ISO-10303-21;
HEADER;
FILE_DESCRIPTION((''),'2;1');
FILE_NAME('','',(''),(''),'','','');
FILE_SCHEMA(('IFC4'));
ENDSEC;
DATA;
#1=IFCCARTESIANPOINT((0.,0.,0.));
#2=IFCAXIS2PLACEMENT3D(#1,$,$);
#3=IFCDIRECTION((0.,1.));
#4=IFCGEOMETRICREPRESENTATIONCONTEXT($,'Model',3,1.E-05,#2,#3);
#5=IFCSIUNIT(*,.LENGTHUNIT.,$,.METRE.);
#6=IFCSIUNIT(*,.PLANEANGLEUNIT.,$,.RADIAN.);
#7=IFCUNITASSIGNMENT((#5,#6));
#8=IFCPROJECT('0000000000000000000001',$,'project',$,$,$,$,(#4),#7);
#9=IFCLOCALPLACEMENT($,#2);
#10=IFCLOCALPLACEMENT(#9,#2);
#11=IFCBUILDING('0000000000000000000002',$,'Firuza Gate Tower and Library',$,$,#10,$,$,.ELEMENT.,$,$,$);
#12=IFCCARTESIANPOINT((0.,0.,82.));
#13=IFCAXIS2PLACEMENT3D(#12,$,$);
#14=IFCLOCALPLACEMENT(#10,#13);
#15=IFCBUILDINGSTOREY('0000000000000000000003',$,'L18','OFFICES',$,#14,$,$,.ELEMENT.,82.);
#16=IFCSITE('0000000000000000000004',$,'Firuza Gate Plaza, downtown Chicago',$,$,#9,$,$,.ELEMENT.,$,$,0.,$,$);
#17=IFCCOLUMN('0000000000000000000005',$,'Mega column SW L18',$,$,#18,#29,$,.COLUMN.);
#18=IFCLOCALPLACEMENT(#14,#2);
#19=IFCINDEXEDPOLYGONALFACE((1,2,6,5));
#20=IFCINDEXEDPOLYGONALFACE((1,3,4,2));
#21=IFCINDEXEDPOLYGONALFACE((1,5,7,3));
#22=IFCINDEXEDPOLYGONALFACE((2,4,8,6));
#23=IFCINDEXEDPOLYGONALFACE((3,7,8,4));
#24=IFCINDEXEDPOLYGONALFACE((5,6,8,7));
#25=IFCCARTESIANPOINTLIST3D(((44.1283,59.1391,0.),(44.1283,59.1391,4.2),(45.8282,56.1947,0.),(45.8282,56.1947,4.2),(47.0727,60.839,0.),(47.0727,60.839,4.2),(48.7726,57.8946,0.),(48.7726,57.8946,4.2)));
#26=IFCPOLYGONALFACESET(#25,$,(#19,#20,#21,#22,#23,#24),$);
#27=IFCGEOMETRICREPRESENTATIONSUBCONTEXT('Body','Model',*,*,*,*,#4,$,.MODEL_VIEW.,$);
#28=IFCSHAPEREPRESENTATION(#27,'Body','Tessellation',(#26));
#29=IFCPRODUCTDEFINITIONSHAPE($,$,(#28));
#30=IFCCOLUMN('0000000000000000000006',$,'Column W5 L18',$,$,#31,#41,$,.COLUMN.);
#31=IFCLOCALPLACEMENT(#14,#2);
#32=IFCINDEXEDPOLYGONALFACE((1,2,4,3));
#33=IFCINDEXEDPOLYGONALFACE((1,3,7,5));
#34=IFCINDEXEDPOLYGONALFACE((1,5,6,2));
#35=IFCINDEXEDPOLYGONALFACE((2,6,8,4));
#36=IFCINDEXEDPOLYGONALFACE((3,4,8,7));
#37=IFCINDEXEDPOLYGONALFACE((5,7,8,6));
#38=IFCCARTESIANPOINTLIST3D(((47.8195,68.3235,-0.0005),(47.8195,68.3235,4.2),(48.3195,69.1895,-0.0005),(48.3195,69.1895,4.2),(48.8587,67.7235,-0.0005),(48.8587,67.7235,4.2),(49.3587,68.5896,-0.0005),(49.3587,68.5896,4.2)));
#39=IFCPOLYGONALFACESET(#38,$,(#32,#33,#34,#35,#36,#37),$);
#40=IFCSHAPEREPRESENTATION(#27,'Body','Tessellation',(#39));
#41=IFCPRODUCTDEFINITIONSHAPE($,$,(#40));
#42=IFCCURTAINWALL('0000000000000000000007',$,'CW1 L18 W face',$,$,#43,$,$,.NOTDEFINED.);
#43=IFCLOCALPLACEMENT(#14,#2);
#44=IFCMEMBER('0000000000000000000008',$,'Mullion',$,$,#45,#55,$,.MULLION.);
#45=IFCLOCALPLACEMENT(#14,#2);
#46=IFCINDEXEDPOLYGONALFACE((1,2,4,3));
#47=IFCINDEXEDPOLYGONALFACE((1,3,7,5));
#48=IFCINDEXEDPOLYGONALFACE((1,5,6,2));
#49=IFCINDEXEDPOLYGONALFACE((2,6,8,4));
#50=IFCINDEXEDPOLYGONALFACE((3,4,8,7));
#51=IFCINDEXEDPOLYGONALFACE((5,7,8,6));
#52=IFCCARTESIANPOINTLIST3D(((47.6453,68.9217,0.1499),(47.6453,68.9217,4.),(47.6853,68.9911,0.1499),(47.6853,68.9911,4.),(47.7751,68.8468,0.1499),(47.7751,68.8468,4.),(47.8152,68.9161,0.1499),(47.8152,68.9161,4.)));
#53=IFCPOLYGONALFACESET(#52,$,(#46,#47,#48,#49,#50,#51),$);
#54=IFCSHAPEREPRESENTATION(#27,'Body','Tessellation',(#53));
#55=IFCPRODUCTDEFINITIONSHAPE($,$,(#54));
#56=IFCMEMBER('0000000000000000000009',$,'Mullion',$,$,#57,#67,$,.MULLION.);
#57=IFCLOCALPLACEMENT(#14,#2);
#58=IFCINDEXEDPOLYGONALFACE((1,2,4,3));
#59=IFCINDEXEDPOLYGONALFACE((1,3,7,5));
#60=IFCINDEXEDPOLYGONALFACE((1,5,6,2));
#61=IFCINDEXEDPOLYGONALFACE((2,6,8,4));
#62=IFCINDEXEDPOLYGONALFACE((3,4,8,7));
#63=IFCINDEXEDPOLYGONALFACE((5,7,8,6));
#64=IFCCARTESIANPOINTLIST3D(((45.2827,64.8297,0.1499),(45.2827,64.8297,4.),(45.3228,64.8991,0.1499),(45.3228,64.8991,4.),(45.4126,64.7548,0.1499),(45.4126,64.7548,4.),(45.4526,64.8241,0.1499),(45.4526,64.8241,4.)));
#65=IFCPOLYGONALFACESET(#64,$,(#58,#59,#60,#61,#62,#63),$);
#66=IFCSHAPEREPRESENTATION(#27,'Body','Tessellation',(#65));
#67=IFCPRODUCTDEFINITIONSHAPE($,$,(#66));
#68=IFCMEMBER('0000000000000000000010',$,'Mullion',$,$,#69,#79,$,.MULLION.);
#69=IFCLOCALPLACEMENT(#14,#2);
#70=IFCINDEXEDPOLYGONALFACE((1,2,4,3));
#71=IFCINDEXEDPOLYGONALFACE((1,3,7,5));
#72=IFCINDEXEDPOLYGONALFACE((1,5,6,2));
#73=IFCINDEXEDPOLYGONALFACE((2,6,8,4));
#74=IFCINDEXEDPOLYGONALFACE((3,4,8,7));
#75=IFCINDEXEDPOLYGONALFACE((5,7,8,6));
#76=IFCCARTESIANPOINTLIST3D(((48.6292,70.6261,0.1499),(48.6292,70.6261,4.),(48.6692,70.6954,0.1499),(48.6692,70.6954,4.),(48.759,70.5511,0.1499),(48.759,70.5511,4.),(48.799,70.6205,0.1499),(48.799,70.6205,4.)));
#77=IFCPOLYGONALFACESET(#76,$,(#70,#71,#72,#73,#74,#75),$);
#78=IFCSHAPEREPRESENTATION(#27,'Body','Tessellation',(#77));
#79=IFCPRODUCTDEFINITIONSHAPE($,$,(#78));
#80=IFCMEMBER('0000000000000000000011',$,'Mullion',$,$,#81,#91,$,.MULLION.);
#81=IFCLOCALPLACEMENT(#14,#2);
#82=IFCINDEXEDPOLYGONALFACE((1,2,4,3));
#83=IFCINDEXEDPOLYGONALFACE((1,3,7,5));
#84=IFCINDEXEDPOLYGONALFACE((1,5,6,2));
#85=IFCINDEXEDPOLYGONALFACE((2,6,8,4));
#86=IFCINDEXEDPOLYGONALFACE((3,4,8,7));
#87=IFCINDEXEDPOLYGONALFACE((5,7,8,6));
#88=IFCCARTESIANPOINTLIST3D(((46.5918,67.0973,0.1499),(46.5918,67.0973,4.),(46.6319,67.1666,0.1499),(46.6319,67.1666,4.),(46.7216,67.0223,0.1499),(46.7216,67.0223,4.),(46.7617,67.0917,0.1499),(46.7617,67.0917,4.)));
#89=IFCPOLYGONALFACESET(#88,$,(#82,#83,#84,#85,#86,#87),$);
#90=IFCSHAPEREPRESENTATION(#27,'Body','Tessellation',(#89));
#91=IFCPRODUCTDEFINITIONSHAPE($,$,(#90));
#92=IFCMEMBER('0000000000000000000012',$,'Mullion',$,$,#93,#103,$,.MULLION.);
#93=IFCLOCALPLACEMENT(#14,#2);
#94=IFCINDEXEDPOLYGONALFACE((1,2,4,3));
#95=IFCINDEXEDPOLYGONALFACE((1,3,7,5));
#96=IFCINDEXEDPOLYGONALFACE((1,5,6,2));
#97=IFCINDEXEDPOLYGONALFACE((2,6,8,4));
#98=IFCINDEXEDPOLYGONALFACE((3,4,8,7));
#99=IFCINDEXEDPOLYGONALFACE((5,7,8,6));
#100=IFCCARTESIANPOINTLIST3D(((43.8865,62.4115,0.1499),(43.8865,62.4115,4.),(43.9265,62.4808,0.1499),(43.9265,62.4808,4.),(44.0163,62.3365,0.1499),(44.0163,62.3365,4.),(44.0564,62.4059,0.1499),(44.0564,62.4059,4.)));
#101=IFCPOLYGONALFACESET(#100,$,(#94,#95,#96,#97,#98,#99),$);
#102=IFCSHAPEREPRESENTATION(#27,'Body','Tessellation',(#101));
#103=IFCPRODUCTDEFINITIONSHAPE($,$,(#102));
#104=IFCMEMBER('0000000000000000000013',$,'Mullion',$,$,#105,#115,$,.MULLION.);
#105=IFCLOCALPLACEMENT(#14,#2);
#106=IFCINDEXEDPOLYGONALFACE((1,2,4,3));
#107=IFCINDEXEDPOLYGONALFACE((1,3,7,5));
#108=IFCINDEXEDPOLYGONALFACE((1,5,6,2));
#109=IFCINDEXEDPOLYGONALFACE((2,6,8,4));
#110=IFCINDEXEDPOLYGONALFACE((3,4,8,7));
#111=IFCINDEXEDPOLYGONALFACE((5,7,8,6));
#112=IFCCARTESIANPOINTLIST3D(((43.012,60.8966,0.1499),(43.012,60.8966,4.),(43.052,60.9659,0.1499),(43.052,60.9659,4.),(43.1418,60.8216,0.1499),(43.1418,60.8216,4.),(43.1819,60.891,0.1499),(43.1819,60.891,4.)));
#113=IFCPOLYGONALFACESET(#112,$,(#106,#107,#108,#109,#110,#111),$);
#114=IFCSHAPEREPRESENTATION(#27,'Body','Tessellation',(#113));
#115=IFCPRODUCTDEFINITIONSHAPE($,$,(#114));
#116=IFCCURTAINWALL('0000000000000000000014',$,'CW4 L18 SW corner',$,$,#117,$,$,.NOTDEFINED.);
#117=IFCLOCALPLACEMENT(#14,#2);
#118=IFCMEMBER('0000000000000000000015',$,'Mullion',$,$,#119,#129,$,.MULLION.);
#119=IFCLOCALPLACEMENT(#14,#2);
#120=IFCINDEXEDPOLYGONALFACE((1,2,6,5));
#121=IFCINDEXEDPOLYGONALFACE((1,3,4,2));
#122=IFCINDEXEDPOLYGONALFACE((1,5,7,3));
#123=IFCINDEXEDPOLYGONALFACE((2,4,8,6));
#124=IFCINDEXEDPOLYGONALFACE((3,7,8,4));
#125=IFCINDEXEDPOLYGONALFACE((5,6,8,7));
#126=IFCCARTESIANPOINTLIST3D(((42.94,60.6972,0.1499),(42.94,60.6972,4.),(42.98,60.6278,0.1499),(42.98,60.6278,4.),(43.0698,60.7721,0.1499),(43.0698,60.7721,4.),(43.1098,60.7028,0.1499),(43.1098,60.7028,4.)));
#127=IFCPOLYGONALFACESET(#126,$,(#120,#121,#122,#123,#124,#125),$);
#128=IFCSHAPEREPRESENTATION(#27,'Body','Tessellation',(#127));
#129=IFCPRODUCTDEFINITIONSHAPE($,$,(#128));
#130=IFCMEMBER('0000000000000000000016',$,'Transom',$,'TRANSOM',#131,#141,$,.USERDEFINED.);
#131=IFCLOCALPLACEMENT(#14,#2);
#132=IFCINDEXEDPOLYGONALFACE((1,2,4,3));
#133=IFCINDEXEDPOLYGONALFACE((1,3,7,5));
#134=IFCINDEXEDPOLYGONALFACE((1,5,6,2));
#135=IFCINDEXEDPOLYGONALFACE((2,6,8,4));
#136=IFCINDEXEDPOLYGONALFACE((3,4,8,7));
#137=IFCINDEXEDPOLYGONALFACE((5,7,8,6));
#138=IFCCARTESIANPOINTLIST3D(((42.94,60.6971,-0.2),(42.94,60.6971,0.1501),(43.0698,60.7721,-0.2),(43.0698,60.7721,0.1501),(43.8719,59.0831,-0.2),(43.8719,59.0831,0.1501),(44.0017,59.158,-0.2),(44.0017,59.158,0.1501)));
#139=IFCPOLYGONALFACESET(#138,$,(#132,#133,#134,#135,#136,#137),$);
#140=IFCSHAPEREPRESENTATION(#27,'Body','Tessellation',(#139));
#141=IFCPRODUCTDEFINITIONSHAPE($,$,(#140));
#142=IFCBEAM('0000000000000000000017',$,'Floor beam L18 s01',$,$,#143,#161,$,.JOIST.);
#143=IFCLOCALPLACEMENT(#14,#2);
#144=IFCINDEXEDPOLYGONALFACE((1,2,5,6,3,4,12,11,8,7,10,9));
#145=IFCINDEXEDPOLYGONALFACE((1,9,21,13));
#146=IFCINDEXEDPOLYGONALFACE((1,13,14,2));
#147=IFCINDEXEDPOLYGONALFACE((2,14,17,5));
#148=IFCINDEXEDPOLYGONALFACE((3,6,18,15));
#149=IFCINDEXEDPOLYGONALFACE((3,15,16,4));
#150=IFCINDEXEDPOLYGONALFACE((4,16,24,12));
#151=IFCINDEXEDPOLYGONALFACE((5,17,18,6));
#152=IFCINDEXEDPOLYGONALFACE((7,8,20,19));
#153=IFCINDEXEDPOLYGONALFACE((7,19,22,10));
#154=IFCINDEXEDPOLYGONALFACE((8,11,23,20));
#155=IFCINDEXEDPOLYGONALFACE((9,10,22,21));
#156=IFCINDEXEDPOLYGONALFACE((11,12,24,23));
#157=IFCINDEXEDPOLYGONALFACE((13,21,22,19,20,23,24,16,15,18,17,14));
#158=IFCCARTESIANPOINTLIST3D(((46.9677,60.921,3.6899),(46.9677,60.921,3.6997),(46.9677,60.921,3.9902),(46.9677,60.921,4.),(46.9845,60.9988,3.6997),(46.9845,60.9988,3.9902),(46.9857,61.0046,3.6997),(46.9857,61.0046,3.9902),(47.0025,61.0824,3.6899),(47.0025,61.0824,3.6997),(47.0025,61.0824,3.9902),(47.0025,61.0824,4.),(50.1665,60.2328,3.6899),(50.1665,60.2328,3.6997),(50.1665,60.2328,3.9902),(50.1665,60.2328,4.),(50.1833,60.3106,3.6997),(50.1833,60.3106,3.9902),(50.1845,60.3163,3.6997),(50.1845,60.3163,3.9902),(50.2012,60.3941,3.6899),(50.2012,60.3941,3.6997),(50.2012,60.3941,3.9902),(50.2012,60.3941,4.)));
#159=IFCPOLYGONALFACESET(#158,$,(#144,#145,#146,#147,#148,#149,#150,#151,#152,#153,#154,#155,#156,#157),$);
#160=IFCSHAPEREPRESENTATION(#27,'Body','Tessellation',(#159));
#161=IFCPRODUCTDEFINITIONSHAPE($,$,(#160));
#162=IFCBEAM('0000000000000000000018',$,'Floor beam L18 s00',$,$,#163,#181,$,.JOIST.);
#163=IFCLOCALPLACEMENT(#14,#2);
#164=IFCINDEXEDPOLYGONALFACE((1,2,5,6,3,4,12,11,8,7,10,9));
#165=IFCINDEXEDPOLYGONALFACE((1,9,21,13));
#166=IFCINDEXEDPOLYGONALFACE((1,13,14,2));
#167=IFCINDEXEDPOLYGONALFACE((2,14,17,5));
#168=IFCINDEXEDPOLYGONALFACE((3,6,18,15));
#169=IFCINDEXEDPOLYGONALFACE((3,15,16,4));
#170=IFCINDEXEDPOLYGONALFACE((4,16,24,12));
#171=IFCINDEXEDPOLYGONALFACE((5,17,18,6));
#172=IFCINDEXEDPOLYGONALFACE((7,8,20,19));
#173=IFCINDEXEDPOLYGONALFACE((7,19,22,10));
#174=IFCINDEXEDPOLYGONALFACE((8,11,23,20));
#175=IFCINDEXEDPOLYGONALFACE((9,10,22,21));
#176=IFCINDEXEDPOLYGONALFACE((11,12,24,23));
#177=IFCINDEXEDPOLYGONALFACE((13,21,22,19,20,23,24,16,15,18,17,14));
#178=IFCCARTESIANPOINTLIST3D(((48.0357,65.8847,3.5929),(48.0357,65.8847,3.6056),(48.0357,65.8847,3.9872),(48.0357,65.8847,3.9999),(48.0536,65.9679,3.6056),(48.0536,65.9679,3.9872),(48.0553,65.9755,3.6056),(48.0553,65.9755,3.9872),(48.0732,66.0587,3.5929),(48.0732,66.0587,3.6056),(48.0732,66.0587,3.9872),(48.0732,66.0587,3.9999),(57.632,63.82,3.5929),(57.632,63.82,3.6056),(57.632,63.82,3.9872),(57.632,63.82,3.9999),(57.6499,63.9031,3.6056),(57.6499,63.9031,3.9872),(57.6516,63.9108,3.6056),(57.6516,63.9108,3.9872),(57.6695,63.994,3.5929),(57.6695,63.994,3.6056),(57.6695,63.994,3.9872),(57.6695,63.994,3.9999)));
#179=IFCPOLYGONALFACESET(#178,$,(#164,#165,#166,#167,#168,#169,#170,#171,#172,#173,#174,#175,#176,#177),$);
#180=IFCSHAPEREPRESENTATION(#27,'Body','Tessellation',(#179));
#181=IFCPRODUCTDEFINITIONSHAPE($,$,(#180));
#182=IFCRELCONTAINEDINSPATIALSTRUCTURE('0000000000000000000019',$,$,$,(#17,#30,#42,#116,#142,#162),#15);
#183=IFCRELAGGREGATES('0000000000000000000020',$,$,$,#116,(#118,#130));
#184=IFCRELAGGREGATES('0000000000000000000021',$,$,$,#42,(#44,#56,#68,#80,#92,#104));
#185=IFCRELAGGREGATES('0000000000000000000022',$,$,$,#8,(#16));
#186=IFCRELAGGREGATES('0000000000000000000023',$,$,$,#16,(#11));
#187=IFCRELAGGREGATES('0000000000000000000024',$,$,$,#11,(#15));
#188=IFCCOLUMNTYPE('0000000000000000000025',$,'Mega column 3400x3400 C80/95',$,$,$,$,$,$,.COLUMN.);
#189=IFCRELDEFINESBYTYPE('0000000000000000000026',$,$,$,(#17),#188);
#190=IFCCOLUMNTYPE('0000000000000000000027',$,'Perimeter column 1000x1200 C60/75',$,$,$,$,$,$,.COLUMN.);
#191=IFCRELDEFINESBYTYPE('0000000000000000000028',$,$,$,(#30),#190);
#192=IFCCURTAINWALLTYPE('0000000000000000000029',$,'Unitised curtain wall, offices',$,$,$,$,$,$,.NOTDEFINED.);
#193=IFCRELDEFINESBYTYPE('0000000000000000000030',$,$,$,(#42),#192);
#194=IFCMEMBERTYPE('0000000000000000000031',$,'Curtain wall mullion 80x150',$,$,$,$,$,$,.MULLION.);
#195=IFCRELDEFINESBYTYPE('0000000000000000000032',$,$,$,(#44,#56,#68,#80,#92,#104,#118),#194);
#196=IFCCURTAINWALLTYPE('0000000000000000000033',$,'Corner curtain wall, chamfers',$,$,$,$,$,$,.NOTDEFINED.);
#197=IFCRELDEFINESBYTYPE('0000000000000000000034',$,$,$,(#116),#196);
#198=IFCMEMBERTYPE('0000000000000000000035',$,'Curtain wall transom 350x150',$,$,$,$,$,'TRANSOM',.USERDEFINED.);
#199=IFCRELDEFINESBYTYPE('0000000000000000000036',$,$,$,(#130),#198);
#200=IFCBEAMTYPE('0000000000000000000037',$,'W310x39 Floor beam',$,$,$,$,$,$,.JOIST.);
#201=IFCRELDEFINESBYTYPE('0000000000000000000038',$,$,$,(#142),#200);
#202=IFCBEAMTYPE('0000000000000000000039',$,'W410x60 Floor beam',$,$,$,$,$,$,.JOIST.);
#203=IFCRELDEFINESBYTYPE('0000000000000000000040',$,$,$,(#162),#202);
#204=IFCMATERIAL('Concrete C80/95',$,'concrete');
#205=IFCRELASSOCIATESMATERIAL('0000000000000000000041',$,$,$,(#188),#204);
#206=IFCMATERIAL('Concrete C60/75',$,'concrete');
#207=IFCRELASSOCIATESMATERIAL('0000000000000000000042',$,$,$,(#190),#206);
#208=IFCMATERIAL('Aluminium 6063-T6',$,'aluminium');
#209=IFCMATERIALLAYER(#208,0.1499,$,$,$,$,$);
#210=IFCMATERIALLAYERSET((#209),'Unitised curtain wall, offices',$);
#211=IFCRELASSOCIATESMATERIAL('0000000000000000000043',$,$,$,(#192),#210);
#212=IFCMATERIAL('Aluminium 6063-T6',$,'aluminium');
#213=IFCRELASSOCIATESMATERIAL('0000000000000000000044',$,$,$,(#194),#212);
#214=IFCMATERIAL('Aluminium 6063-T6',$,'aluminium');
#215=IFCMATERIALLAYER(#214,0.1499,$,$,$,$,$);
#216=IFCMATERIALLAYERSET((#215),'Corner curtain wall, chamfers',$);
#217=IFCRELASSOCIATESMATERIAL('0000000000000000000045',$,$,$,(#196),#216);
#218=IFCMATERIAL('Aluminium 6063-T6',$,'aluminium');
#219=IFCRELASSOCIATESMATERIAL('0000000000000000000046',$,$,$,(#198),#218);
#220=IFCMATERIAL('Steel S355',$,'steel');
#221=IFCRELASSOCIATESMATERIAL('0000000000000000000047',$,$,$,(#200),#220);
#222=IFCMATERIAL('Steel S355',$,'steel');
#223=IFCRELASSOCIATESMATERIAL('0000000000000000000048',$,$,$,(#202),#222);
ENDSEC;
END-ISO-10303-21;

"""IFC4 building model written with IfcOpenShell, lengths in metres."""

from ifc_helpers import new_model, si_unit, direction, frame, origin, origin_2d, place, context, subcontext, project, spatial, rectangle, i_section, extrude, material, layer, layer_set, material_profile, profile_set, type_object, element, aggregate, save


model = new_model("IFC4")

# Units and contexts
model_context = context("Model", 3, precision=1e-05, world=origin(), true_north=direction((0.0, 1.0)))
body_context = subcontext(model_context, "Body", "Model", "MODEL_VIEW")
ifc_project = project(units=[si_unit("LENGTHUNIT", "METRE"), si_unit("PLANEANGLEUNIT", "RADIAN")], contexts=[model_context])

# Site, building, storey
site_placement = place(None, origin())
site = spatial("IfcSite", under=ifc_project, at=site_placement, Name="Firuza Gate Plaza, downtown Chicago", CompositionType="ELEMENT", RefElevation=0.0)
building_placement = place(site_placement, origin())
building = spatial("IfcBuilding", under=site, at=building_placement, Name="Firuza Gate Tower and Library", CompositionType="ELEMENT")
storey_placement = place(building_placement, frame((0.0, 0.0, 82.0)))
storey = spatial("IfcBuildingStorey", under=building, at=storey_placement, Name="L18", Description="OFFICES", CompositionType="ELEMENT", Elevation=82.0)

# Columns
ifc_material_1 = material(Name="Concrete C80/95", Category="concrete")
ifc_material_profile_1 = material_profile(ifc_material_1, rectangle(XDim=3.3999, YDim=3.3999, at=origin_2d()))
ifc_profile_set_1 = profile_set([ifc_material_profile_1], Name="Concrete C80/95")
column_type_1 = type_object("IfcColumnType", Name="Mega column 3400x3400 C80/95", PredefinedType="COLUMN", material=ifc_profile_set_1)
column_1_placement = place(storey_placement, frame((46.4504, 58.5168, 0.0), z_axis=(0.0, 0.0, 1.0), x_axis=(0.5, -0.866025, 0.0)))
element("IfcColumn", 1, at=column_1_placement, inside=storey, type_object=column_type_1, Name="Mega column SW L18", PredefinedType="COLUMN", context=body_context, shape_type="SweptSolid", body=[
    extrude(rectangle(XDim=3.3999, YDim=3.3999, at=origin_2d()), origin(), (0.0, 0.0, 1.0), 4.2),
])
ifc_material_2 = material(Name="Concrete C60/75", Category="concrete")
ifc_material_profile_2 = material_profile(ifc_material_2, rectangle(XDim=1.0, YDim=1.2, at=origin_2d()))
ifc_profile_set_2 = profile_set([ifc_material_profile_2], Name="Concrete C60/75")
column_type_2 = type_object("IfcColumnType", Name="Perimeter column 1000x1200 C60/75", PredefinedType="COLUMN", material=ifc_profile_set_2)
column_2_placement = place(storey_placement, frame((48.5891, 68.4565, -0.0005), z_axis=(0.0, 0.0, 1.0), x_axis=(-0.5, -0.866025, 0.0)))
element("IfcColumn", 2, at=column_2_placement, inside=storey, type_object=column_type_2, Name="Column W5 L18", PredefinedType="COLUMN", context=body_context, shape_type="SweptSolid", body=[
    extrude(rectangle(XDim=1.0, YDim=1.2, at=origin_2d()), origin(), (0.0, 0.0, 1.0), 4.2004),
])

# Curtain walls, members
ifc_material_3 = material(Name="Aluminium 6063-T6", Category="aluminium")
ifc_layer_1 = layer(ifc_material_3, 0.1499)
ifc_layer_set_1 = layer_set([ifc_layer_1], Name="Unitised curtain wall, offices")
curtain_wall_type_1 = type_object("IfcCurtainWallType", Name="Unitised curtain wall, offices", PredefinedType="NOTDEFINED", material=ifc_layer_set_1)
placement = place(storey_placement, origin())
curtain_wall_1 = element("IfcCurtainWall", 3, at=placement, inside=storey, type_object=curtain_wall_type_1, Name="CW1 L18 W face", PredefinedType="NOTDEFINED")
ifc_material_4 = material(Name="Aluminium 6063-T6", Category="aluminium")
ifc_material_profile_3 = material_profile(ifc_material_4, rectangle(XDim=0.1499, YDim=0.0801, at=origin_2d()))
ifc_profile_set_3 = profile_set([ifc_material_profile_3], Name="Aluminium 6063-T6")
member_type_1 = type_object("IfcMemberType", Name="Curtain wall mullion 80x150", PredefinedType="MULLION", material=ifc_profile_set_3)
member_1_placement = place(storey_placement, frame((47.7302, 68.9189, 0.1499), z_axis=(0.0, 0.0, 1.0), x_axis=(0.866025, -0.5, 0.0)))
member_1 = element("IfcMember", 4, at=member_1_placement, type_object=member_type_1, Name="Mullion", PredefinedType="MULLION", context=body_context, shape_type="SweptSolid", body=[
    extrude(rectangle(XDim=0.1499, YDim=0.0801, at=origin_2d()), origin(), (0.0, 0.0, 1.0), 3.8501),
])
member_2_placement = place(storey_placement, frame((45.3677, 64.8269, 0.1499), z_axis=(0.0, 0.0, 1.0), x_axis=(0.866025, -0.5, 0.0)))
member_2 = element("IfcMember", 5, at=member_2_placement, type_object=member_type_1, Name="Mullion", PredefinedType="MULLION", context=body_context, shape_type="SweptSolid", body=[
    extrude(rectangle(XDim=0.1499, YDim=0.0801, at=origin_2d()), origin(), (0.0, 0.0, 1.0), 3.8501),
])
member_3_placement = place(storey_placement, frame((48.7141, 70.6233, 0.1499), z_axis=(0.0, 0.0, 1.0), x_axis=(0.866025, -0.5, 0.0)))
member_3 = element("IfcMember", 6, at=member_3_placement, type_object=member_type_1, Name="Mullion", PredefinedType="MULLION", context=body_context, shape_type="SweptSolid", body=[
    extrude(rectangle(XDim=0.1499, YDim=0.0801, at=origin_2d()), origin(), (0.0, 0.0, 1.0), 3.8501),
])
member_4_placement = place(storey_placement, frame((46.6768, 67.0945, 0.1499), z_axis=(0.0, 0.0, 1.0), x_axis=(0.866025, -0.5, 0.0)))
member_4 = element("IfcMember", 7, at=member_4_placement, type_object=member_type_1, Name="Mullion", PredefinedType="MULLION", context=body_context, shape_type="SweptSolid", body=[
    extrude(rectangle(XDim=0.1499, YDim=0.0801, at=origin_2d()), origin(), (0.0, 0.0, 1.0), 3.8501),
])
member_5_placement = place(storey_placement, frame((43.9714, 62.4087, 0.1499), z_axis=(0.0, 0.0, 1.0), x_axis=(0.866025, -0.5, 0.0)))
member_5 = element("IfcMember", 8, at=member_5_placement, type_object=member_type_1, Name="Mullion", PredefinedType="MULLION", context=body_context, shape_type="SweptSolid", body=[
    extrude(rectangle(XDim=0.1499, YDim=0.0801, at=origin_2d()), origin(), (0.0, 0.0, 1.0), 3.8501),
])
member_6_placement = place(storey_placement, frame((43.0969, 60.8938, 0.1499), z_axis=(0.0, 0.0, 1.0), x_axis=(0.866025, -0.5, 0.0)))
member_6 = element("IfcMember", 9, at=member_6_placement, type_object=member_type_1, Name="Mullion", PredefinedType="MULLION", context=body_context, shape_type="SweptSolid", body=[
    extrude(rectangle(XDim=0.1499, YDim=0.0801, at=origin_2d()), origin(), (0.0, 0.0, 1.0), 3.8501),
])
ifc_material_5 = material(Name="Aluminium 6063-T6", Category="aluminium")
ifc_layer_2 = layer(ifc_material_5, 0.1499)
ifc_layer_set_2 = layer_set([ifc_layer_2], Name="Corner curtain wall, chamfers")
curtain_wall_type_2 = type_object("IfcCurtainWallType", Name="Corner curtain wall, chamfers", PredefinedType="NOTDEFINED", material=ifc_layer_set_2)
curtain_wall_2 = element("IfcCurtainWall", 10, at=placement, inside=storey, type_object=curtain_wall_type_2, Name="CW4 L18 SW corner", PredefinedType="NOTDEFINED")
member_7_placement = place(storey_placement, frame((43.0249, 60.7, 0.1499), z_axis=(0.0, 0.0, 1.0), x_axis=(0.866025, 0.5, 0.0)))
member_7 = element("IfcMember", 11, at=member_7_placement, type_object=member_type_1, Name="Mullion", PredefinedType="MULLION", context=body_context, shape_type="SweptSolid", body=[
    extrude(rectangle(XDim=0.1499, YDim=0.0801, at=origin_2d()), origin(), (0.0, 0.0, 1.0), 3.8501),
])
ifc_material_6 = material(Name="Aluminium 6063-T6", Category="aluminium")
ifc_material_profile_4 = material_profile(ifc_material_6, rectangle(XDim=0.1499, YDim=0.3501, at=origin_2d()))
ifc_profile_set_4 = profile_set([ifc_material_profile_4], Name="Aluminium 6063-T6")
member_type_2 = type_object("IfcMemberType", Name="Curtain wall transom 350x150", ElementType="TRANSOM", PredefinedType="USERDEFINED", material=ifc_profile_set_4)
member_8_placement = place(storey_placement, frame((43.0049, 60.7346, -0.0249), z_axis=(0.500013, -0.866018, 0.0), x_axis=(0.866018, 0.500013, 0.0)))
member_8 = element("IfcMember", 12, at=member_8_placement, type_object=member_type_2, Name="Transom", ObjectType="TRANSOM", PredefinedType="USERDEFINED", context=body_context, shape_type="SweptSolid", body=[
    extrude(rectangle(XDim=0.1499, YDim=0.3501, at=origin_2d()), origin(), (0.0, 0.0, 1.0), 1.8638),
])

# Beams
ifc_material_7 = material(Name="Steel S355", Category="steel")
ifc_material_profile_5 = material_profile(ifc_material_7, i_section(OverallWidth=0.165, OverallDepth=0.3101, WebThickness=0.0059, FlangeThickness=0.0098, at=origin_2d()))
ifc_profile_set_5 = profile_set([ifc_material_profile_5], Name="Steel S355")
beam_type_1 = type_object("IfcBeamType", Name="W310x39 Floor beam", PredefinedType="JOIST", material=ifc_profile_set_5)
beam_1_placement = place(storey_placement, frame((46.9851, 61.0017, 3.845), z_axis=(0.977627, -0.210344, 0.0), x_axis=(0.210344, 0.977627, 0.0)))
element("IfcBeam", 13, at=beam_1_placement, inside=storey, type_object=beam_type_1, Name="Floor beam L18 s01", PredefinedType="JOIST", context=body_context, shape_type="SweptSolid", body=[
    extrude(i_section(OverallWidth=0.165, OverallDepth=0.3101, WebThickness=0.0059, FlangeThickness=0.0098, at=origin_2d()), origin(), (0.0, 0.0, 1.0), 3.272),
])
ifc_material_8 = material(Name="Steel S355", Category="steel")
ifc_material_profile_6 = material_profile(ifc_material_8, i_section(OverallWidth=0.178, OverallDepth=0.407, WebThickness=0.0078, FlangeThickness=0.0127, at=origin_2d()))
ifc_profile_set_6 = profile_set([ifc_material_profile_6], Name="Steel S355")
beam_type_2 = type_object("IfcBeamType", Name="W410x60 Floor beam", PredefinedType="JOIST", material=ifc_profile_set_6)
beam_2_placement = place(storey_placement, frame((48.0544, 65.9717, 3.7964), z_axis=(0.977627, -0.210344, 0.0), x_axis=(0.210344, 0.977627, 0.0)))
element("IfcBeam", 14, at=beam_2_placement, inside=storey, type_object=beam_type_2, Name="Floor beam L18 s00", PredefinedType="JOIST", context=body_context, shape_type="SweptSolid", body=[
    extrude(i_section(OverallWidth=0.178, OverallDepth=0.407, WebThickness=0.0078, FlangeThickness=0.0127, at=origin_2d()), origin(), (0.0, 0.0, 1.0), 9.8159),
])

aggregate(curtain_wall_2, [member_7, member_8])
aggregate(curtain_wall_1, [member_1, member_2, member_3, member_4, member_5, member_6])

save(model, "model.ifc")
